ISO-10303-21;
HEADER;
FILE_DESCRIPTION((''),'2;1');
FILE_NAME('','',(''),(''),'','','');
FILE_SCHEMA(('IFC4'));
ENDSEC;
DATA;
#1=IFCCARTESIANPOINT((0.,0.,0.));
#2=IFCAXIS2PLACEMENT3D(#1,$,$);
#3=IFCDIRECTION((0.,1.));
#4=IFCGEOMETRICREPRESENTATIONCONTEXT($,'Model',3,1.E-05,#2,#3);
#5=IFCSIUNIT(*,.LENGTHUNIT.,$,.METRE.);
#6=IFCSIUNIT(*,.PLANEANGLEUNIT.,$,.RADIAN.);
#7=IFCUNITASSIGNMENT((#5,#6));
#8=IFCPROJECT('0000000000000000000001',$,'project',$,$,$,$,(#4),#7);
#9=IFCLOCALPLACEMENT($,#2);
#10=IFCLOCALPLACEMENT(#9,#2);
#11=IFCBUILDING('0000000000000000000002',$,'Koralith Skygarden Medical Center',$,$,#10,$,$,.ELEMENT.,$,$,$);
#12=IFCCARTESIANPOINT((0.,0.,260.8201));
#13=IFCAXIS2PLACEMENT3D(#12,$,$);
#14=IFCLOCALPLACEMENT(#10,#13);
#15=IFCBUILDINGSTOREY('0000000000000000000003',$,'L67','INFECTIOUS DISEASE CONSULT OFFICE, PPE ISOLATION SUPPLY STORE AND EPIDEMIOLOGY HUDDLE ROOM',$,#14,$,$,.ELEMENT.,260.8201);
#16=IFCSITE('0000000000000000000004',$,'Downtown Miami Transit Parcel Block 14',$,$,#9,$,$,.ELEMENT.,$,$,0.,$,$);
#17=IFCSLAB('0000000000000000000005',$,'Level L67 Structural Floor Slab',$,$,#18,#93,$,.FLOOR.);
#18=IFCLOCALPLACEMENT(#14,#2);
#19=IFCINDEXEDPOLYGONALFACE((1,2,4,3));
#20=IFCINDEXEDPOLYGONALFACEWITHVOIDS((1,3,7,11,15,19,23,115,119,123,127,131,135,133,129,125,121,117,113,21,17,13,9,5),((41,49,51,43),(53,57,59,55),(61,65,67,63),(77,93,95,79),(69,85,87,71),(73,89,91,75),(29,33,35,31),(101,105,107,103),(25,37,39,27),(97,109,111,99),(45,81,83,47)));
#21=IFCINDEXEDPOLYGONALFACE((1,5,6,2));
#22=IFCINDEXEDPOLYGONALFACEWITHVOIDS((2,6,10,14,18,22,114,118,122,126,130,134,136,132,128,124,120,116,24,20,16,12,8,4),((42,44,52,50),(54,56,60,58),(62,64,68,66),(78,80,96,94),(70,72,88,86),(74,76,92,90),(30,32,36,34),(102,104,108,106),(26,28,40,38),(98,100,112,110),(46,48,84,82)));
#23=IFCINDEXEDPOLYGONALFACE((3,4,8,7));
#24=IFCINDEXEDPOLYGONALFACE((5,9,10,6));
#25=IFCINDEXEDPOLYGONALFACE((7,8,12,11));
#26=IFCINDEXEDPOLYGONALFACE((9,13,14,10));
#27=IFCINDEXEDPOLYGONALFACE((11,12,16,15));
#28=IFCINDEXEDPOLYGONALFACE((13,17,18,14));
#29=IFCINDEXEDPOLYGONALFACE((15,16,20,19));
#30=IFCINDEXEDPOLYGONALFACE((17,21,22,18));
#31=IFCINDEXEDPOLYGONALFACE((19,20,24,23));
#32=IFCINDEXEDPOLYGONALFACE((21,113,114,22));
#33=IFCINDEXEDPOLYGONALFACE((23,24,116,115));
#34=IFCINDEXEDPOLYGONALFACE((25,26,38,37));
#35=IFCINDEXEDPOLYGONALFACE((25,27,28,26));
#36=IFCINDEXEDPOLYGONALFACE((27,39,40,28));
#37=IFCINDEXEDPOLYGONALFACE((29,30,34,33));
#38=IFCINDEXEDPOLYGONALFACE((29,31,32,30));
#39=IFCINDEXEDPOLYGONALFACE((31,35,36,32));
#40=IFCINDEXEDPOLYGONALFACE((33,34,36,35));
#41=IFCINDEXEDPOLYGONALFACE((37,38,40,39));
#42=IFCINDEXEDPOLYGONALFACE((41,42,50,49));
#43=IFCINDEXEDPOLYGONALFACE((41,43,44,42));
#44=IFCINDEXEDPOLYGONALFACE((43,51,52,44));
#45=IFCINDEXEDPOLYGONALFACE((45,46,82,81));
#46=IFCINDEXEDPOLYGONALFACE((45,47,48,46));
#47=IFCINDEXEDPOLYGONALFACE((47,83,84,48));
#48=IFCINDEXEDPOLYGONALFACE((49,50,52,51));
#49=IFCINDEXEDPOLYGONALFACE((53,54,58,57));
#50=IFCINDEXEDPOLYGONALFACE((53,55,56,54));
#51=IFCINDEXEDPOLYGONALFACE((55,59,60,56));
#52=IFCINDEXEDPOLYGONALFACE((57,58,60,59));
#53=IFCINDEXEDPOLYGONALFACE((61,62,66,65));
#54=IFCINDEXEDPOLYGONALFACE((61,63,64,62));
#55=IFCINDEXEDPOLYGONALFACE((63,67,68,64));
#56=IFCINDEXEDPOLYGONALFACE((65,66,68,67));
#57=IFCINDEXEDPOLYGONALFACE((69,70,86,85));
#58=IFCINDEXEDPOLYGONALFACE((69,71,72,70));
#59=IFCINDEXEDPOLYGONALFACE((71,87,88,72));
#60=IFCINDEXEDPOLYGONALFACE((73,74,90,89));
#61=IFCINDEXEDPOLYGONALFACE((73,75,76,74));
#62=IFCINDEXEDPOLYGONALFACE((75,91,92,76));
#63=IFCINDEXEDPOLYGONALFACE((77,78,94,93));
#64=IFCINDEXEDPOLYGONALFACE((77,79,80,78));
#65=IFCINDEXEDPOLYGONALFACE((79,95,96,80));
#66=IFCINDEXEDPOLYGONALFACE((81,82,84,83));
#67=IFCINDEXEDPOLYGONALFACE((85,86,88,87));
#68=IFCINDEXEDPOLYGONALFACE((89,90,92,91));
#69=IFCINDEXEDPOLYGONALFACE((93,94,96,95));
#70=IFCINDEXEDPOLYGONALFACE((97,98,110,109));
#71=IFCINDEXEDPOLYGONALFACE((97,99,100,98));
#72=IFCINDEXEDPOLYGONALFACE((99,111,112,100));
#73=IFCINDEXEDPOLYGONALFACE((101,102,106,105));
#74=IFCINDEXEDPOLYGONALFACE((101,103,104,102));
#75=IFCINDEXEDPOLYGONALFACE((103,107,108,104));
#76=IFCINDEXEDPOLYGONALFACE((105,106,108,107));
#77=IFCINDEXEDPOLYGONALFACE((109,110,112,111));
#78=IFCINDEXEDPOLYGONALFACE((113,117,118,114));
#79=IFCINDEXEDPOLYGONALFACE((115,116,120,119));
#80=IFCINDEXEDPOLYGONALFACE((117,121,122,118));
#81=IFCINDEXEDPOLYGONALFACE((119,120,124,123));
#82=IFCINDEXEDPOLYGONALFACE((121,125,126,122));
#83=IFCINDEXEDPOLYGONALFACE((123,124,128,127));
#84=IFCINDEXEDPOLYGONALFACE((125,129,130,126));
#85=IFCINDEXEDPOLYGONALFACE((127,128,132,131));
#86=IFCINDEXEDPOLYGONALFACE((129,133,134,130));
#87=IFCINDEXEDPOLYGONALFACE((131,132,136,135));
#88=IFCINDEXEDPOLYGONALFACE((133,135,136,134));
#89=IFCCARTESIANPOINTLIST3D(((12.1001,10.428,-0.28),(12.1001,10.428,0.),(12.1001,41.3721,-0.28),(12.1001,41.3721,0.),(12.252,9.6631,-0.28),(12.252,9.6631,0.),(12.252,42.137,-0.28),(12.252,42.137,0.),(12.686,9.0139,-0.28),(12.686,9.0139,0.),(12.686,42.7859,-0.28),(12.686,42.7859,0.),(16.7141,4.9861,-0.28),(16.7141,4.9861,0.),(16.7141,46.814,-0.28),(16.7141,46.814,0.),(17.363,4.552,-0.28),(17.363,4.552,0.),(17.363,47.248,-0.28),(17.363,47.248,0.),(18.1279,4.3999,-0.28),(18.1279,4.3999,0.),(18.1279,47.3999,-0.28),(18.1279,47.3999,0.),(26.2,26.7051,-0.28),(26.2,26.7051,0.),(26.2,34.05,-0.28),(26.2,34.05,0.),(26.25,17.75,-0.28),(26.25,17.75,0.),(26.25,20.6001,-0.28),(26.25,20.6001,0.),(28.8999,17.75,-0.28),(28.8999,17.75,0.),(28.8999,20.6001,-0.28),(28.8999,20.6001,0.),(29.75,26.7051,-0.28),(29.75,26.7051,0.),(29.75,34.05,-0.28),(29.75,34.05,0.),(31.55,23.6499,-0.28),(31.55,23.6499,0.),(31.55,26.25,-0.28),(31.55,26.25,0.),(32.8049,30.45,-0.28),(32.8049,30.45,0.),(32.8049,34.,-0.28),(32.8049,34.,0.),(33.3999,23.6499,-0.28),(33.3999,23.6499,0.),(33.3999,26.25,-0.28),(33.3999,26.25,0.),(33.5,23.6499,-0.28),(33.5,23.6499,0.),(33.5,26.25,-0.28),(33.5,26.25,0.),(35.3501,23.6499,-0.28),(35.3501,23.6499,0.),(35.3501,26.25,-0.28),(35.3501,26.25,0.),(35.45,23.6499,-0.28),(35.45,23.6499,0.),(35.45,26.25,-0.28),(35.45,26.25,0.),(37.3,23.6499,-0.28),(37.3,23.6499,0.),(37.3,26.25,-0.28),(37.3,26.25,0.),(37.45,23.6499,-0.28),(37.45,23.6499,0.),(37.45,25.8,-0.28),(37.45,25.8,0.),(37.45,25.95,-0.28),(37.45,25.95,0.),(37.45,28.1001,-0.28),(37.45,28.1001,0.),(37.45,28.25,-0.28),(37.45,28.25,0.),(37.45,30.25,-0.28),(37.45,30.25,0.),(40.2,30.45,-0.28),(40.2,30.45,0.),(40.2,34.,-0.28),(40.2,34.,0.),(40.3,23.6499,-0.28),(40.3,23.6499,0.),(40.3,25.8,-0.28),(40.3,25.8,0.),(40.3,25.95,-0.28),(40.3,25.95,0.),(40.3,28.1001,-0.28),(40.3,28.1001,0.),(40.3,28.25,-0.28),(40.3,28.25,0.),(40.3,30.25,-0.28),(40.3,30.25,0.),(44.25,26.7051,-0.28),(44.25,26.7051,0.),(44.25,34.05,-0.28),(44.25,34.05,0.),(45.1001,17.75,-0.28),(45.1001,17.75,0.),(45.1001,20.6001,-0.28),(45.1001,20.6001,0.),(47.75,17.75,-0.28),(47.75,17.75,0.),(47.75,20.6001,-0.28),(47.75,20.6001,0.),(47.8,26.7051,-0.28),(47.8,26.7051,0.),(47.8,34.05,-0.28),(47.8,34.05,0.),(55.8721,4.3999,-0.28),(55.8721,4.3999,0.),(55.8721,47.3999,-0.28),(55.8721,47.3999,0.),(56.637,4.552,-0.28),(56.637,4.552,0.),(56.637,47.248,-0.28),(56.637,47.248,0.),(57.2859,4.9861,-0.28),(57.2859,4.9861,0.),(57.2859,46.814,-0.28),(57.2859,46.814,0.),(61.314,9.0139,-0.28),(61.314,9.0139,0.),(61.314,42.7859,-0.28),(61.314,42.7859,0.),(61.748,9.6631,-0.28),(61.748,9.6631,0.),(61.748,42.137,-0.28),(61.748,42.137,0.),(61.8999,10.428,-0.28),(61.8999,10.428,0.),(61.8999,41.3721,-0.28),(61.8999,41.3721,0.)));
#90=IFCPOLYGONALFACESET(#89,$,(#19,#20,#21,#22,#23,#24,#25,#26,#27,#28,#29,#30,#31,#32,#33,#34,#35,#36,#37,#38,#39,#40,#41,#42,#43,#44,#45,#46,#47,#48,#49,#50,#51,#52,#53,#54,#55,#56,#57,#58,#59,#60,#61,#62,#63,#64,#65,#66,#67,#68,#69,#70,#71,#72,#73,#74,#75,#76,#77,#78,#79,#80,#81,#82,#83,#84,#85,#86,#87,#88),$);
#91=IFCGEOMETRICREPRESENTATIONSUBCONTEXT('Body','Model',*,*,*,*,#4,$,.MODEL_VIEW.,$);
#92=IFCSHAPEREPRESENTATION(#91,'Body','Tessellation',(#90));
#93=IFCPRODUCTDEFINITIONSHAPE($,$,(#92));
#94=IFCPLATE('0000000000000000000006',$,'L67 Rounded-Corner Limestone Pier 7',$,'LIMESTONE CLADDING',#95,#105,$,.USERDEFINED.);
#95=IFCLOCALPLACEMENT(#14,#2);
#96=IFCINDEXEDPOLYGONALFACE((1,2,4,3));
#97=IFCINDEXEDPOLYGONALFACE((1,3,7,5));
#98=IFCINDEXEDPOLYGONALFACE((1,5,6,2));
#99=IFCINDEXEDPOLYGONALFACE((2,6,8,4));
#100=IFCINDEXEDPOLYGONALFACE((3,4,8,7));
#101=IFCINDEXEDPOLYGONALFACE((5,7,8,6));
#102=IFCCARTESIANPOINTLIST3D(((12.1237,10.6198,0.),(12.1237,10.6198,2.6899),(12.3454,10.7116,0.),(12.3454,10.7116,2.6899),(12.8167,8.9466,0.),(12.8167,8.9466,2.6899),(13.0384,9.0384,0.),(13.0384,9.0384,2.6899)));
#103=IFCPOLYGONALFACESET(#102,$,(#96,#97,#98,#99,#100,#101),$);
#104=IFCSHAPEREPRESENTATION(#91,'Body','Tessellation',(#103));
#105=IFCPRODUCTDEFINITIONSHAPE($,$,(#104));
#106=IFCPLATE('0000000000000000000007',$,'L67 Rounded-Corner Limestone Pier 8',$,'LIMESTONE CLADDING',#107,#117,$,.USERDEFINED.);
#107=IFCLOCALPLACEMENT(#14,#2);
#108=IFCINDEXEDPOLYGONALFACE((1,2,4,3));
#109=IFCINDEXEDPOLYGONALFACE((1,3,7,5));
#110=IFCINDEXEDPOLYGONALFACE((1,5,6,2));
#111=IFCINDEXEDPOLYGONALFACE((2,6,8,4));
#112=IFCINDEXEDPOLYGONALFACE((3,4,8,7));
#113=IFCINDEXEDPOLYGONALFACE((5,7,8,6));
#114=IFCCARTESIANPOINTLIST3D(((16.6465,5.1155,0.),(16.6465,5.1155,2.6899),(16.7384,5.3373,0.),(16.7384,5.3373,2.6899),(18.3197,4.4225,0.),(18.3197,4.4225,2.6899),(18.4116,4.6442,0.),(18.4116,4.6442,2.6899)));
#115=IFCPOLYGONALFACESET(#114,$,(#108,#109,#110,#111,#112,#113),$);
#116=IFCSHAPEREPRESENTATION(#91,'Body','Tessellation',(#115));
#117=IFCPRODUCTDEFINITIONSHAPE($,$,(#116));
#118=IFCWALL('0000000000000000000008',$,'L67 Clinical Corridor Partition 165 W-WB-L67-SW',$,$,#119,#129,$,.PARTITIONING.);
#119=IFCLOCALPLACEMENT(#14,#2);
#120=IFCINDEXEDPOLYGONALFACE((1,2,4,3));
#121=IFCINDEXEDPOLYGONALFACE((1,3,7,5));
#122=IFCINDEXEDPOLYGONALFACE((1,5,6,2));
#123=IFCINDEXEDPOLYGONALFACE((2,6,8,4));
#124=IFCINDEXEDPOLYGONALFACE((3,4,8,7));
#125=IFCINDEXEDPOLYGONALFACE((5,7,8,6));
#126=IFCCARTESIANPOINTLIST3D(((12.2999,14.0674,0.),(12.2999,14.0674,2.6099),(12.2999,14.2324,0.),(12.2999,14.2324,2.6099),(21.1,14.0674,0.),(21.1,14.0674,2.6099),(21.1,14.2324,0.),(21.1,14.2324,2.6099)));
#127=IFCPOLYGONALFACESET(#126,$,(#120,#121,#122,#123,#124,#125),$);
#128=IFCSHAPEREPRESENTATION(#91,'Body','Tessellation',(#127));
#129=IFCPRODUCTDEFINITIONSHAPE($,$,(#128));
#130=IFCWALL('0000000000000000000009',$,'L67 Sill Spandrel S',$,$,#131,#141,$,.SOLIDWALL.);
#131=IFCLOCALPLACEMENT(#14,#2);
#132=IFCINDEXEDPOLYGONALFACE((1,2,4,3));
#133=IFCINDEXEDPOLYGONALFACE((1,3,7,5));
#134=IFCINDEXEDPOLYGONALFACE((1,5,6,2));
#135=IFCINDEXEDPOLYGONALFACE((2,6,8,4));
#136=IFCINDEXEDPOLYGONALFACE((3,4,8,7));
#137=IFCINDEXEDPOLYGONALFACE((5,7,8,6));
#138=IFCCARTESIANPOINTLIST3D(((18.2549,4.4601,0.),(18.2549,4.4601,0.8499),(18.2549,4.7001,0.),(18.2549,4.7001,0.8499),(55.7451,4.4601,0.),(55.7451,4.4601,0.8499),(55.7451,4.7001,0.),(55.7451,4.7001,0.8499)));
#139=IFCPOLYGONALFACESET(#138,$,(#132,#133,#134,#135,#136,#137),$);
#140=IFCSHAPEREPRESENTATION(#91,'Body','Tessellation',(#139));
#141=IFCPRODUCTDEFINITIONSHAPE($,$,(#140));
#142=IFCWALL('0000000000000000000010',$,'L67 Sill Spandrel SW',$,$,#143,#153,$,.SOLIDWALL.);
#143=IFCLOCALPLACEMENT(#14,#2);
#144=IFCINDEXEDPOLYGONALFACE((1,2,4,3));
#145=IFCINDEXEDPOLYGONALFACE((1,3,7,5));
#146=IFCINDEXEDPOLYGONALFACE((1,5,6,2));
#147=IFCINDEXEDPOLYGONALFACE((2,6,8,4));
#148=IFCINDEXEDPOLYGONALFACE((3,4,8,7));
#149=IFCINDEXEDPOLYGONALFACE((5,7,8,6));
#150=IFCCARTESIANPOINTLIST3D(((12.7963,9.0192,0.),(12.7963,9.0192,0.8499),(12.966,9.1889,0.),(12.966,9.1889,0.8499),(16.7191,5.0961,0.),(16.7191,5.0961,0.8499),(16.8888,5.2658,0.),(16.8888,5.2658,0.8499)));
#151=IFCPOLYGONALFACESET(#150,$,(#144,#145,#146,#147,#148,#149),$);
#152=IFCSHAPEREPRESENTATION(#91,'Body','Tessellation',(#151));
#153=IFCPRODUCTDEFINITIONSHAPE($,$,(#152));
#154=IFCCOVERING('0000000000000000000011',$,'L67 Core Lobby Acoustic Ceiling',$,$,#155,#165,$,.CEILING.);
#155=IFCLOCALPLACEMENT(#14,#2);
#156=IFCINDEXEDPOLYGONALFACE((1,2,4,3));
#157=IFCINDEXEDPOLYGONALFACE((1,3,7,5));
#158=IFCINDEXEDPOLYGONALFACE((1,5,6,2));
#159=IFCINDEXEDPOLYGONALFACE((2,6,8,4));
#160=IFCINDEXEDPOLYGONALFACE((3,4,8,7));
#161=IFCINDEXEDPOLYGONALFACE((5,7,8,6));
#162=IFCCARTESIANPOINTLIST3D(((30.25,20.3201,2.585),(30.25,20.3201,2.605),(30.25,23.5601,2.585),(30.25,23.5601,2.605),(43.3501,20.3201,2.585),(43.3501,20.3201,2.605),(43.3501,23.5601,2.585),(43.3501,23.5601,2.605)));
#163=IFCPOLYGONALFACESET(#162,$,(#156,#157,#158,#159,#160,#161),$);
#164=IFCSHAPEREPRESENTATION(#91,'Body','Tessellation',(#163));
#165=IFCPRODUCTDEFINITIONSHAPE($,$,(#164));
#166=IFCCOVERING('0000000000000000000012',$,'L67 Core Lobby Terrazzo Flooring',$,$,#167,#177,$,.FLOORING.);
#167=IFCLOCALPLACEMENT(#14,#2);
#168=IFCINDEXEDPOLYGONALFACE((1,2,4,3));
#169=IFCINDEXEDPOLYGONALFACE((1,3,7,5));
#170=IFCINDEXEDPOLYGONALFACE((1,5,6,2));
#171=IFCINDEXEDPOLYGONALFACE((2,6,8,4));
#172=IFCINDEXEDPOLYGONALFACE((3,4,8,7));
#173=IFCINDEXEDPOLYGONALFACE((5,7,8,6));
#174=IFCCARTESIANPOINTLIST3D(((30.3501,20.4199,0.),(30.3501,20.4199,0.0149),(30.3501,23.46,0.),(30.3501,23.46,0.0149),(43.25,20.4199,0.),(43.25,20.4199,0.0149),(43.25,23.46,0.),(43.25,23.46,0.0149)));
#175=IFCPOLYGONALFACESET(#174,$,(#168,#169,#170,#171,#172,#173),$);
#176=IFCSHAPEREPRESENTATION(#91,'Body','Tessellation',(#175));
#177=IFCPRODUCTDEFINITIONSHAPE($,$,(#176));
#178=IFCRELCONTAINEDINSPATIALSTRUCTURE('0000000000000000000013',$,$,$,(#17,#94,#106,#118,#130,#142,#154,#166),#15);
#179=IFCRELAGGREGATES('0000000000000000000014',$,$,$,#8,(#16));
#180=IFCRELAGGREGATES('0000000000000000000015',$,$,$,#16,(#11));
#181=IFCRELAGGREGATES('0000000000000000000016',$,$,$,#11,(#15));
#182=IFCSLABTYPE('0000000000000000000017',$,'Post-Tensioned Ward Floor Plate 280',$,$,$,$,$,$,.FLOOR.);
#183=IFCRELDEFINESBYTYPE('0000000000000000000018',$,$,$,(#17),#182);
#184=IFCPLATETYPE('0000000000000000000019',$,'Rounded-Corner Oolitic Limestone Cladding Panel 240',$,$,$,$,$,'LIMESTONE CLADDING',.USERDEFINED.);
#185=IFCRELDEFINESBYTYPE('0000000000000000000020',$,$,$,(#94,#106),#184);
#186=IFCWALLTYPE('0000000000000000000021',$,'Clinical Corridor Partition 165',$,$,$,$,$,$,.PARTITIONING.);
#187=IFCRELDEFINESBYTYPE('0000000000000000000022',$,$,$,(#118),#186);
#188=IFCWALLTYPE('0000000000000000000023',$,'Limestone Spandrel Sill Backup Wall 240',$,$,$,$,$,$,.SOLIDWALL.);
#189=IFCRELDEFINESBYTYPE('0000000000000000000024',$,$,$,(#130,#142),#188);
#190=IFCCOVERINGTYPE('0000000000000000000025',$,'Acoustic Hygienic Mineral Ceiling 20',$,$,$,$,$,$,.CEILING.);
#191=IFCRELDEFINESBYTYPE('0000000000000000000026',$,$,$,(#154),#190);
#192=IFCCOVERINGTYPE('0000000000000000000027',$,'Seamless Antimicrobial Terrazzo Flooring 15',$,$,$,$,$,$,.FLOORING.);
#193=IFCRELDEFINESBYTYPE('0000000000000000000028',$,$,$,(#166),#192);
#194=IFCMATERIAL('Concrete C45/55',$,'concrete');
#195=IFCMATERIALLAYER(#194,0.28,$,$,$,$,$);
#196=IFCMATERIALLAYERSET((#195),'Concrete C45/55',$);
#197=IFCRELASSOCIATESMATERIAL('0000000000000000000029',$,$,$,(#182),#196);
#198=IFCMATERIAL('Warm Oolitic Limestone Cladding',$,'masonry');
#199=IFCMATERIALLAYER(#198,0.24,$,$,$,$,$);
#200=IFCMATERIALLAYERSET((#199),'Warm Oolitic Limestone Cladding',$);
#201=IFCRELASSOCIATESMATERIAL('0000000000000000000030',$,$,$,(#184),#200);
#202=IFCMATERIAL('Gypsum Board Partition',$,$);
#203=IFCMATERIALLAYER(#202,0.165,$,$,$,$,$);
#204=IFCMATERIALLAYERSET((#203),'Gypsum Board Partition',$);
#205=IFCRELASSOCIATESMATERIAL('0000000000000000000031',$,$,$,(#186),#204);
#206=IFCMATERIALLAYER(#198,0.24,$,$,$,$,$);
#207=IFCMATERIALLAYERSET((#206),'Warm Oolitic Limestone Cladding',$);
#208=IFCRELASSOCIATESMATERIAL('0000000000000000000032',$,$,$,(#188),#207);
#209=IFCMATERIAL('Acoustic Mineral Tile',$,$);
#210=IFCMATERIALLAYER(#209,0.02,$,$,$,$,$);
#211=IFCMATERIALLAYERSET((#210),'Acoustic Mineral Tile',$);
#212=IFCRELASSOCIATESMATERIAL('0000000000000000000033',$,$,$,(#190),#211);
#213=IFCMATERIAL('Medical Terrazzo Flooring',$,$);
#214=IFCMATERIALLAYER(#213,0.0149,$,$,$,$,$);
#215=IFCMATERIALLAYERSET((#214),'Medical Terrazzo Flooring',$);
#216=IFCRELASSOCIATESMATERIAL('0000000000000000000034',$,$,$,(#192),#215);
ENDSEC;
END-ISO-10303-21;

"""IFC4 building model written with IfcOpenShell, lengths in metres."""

from ifc_helpers import new_model, si_unit, direction, frame, frame_2d, origin, origin_2d, place, context, subcontext, project, spatial, polyline, rectangle, outline, extrude, material, layer, layer_set, type_object, element, save


model = new_model("IFC4")

# Units and contexts
model_context = context("Model", 3, precision=1e-05, world=origin(), true_north=direction((0.0, 1.0)))
body_context = subcontext(model_context, "Body", "Model", "MODEL_VIEW")
ifc_project = project(units=[si_unit("LENGTHUNIT", "METRE"), si_unit("PLANEANGLEUNIT", "RADIAN")], contexts=[model_context])

# Site, building, storey
site_placement = place(None, origin())
site = spatial("IfcSite", under=ifc_project, at=site_placement, Name="Downtown Miami Transit Parcel Block 14", CompositionType="ELEMENT", RefElevation=0.0)
building_placement = place(site_placement, origin())
building = spatial("IfcBuilding", under=site, at=building_placement, Name="Koralith Skygarden Medical Center", CompositionType="ELEMENT")
storey_placement = place(building_placement, frame((0.0, 0.0, 260.8201)))
storey = spatial("IfcBuildingStorey", under=building, at=storey_placement, Name="L67", Description="INFECTIOUS DISEASE CONSULT OFFICE, PPE ISOLATION SUPPLY STORE AND EPIDEMIOLOGY HUDDLE ROOM", CompositionType="ELEMENT", Elevation=260.8201)

# Shared definitions
ifc_material_1 = material(Name="Concrete C45/55", Category="concrete")

# Slab
ifc_layer_1 = layer(ifc_material_1, 0.28)
ifc_layer_set_1 = layer_set([ifc_layer_1], Name="Concrete C45/55")
slab_type_1 = type_object("IfcSlabType", Name="Post-Tensioned Ward Floor Plate 280", PredefinedType="FLOOR", material=ifc_layer_set_1)
slab_1_placement = place(storey_placement, frame((0.0, 0.0, -0.28)))
element("IfcSlab", 1, at=slab_1_placement, inside=storey, type_object=slab_type_1, Name="Level L67 Structural Floor Slab", PredefinedType="FLOOR", context=body_context, shape_type="SweptSolid", body=[
    extrude(outline(polyline([(16.7141, 4.9861), (17.363, 4.552), (18.1279, 4.3999), (55.8721, 4.3999), (56.637, 4.552), (57.2859, 4.9861), (61.314, 9.0139), (61.748, 9.6631), (61.8999, 10.428), (61.8999, 41.3721), (61.748, 42.137), (61.314, 42.7859), (57.2859, 46.814), (56.637, 47.248), (55.8721, 47.3999), (18.1279, 47.3999), (17.363, 47.248), (16.7141, 46.814), (12.686, 42.7859), (12.252, 42.137), (12.1001, 41.3721), (12.1001, 10.428), (12.252, 9.6631), (12.686, 9.0139), (16.7141, 4.9861)]), holes=[polyline([(26.2, 26.7051), (29.75, 26.7051), (29.75, 34.05), (26.2, 34.05), (26.2, 26.7051)]), polyline([(44.25, 26.7051), (47.8, 26.7051), (47.8, 34.05), (44.25, 34.05), (44.25, 26.7051)]), polyline([(32.8049, 30.45), (40.2, 30.45), (40.2, 34.0), (32.8049, 34.0), (32.8049, 30.45)]), polyline([(26.25, 17.75), (28.8999, 17.75), (28.8999, 20.6001), (26.25, 20.6001), (26.25, 17.75)]), polyline([(45.1001, 17.75), (47.75, 17.75), (47.75, 20.6001), (45.1001, 20.6001), (45.1001, 17.75)]), polyline([(31.55, 23.6499), (33.3999, 23.6499), (33.3999, 26.25), (31.55, 26.25), (31.55, 23.6499)]), polyline([(33.5, 23.6499), (35.3501, 23.6499), (35.3501, 26.25), (33.5, 26.25), (33.5, 23.6499)]), polyline([(35.45, 23.6499), (37.3, 23.6499), (37.3, 26.25), (35.45, 26.25), (35.45, 23.6499)]), polyline([(37.45, 23.6499), (40.3, 23.6499), (40.3, 25.8), (37.45, 25.8), (37.45, 23.6499)]), polyline([(37.45, 25.95), (40.3, 25.95), (40.3, 28.1001), (37.45, 28.1001), (37.45, 25.95)]), polyline([(37.45, 28.25), (40.3, 28.25), (40.3, 30.25), (37.45, 30.25), (37.45, 28.25)])]), origin(), (0.0, 0.0, 1.0), 0.28),
])

# Plates
ifc_material_2 = material(Name="Warm Oolitic Limestone Cladding", Category="masonry")
ifc_layer_2 = layer(ifc_material_2, 0.24)
ifc_layer_set_2 = layer_set([ifc_layer_2], Name="Warm Oolitic Limestone Cladding")
plate_type_1 = type_object("IfcPlateType", Name="Rounded-Corner Oolitic Limestone Cladding Panel 240", ElementType="LIMESTONE CLADDING", PredefinedType="USERDEFINED", material=ifc_layer_set_2)
for number, where, z_axis, x_axis, name in (
    (2, (12.5811, 9.8291, 0.0), (0.0, 0.0, 1.0), (0.382671, -0.923885, 0.0), "L67 Rounded-Corner Limestone Pier 7"),
    (3, (17.5291, 4.8799, 0.0), (0.0, 0.0, 1.0), (0.923885, -0.382671, 0.0), "L67 Rounded-Corner Limestone Pier 8"),
):
    element("IfcPlate", number, at=place(storey_placement, frame(where, z_axis=z_axis, x_axis=x_axis)), inside=storey, type_object=plate_type_1, Name=name, ObjectType="LIMESTONE CLADDING", PredefinedType="USERDEFINED", context=body_context, shape_type="SweptSolid", body=[
        extrude(rectangle(XDim=1.811, YDim=0.24, at=origin_2d()), origin(), (0.0, 0.0, 1.0), 2.6899),
    ])

# Wall
ifc_material_3 = material(Name="Gypsum Board Partition")
ifc_layer_3 = layer(ifc_material_3, 0.165)
ifc_layer_set_3 = layer_set([ifc_layer_3], Name="Gypsum Board Partition")
wall_type_1 = type_object("IfcWallType", Name="Clinical Corridor Partition 165", PredefinedType="PARTITIONING", material=ifc_layer_set_3)
wall_1_placement = place(storey_placement, frame((12.3, 14.1499, 0.0), z_axis=(0.0, 0.0, 1.0), x_axis=(1.0, 0.0, 0.0)))
element("IfcWall", 4, at=wall_1_placement, inside=storey, type_object=wall_type_1, Name="L67 Clinical Corridor Partition 165 W-WB-L67-SW", PredefinedType="PARTITIONING", context=body_context, shape_type="SweptSolid", body=[
    extrude(rectangle(XDim=8.8, YDim=0.165, at=frame_2d((4.3999, 0.0))), origin(), (0.0, 0.0, 1.0), 2.6099),
])

# Walls
ifc_layer_4 = layer(ifc_material_2, 0.24)
ifc_layer_set_4 = layer_set([ifc_layer_4], Name="Warm Oolitic Limestone Cladding")
wall_type_2 = type_object("IfcWallType", Name="Limestone Spandrel Sill Backup Wall 240", PredefinedType="SOLIDWALL", material=ifc_layer_set_4)
wall_2_placement = place(storey_placement, frame((18.2549, 4.5801, 0.0), z_axis=(0.0, 0.0, 1.0), x_axis=(1.0, 0.0, 0.0)))
element("IfcWall", 5, at=wall_2_placement, inside=storey, type_object=wall_type_2, Name="L67 Sill Spandrel S", PredefinedType="SOLIDWALL", context=body_context, shape_type="SweptSolid", body=[
    extrude(rectangle(XDim=37.4902, YDim=0.24, at=frame_2d((18.7451, 0.0))), origin(), (0.0, 0.0, 1.0), 0.8499),
])
wall_3_placement = place(storey_placement, frame((12.8811, 9.104, 0.0), z_axis=(0.0, 0.0, 1.0), x_axis=(0.707085, -0.707129, 0.0)))
element("IfcWall", 6, at=wall_3_placement, inside=storey, type_object=wall_type_2, Name="L67 Sill Spandrel SW", PredefinedType="SOLIDWALL", context=body_context, shape_type="SweptSolid", body=[
    extrude(rectangle(XDim=5.5479, YDim=0.24, at=frame_2d((2.7739, 0.0))), origin(), (0.0, 0.0, 1.0), 0.8499),
])

# Coverings
ifc_material_4 = material(Name="Acoustic Mineral Tile")
ifc_layer_5 = layer(ifc_material_4, 0.02)
ifc_layer_set_5 = layer_set([ifc_layer_5], Name="Acoustic Mineral Tile")
covering_type_1 = type_object("IfcCoveringType", Name="Acoustic Hygienic Mineral Ceiling 20", PredefinedType="CEILING", material=ifc_layer_set_5)
covering_1_placement = place(storey_placement, frame((0.0, 0.0, 2.585)))
element("IfcCovering", 7, at=covering_1_placement, inside=storey, type_object=covering_type_1, Name="L67 Core Lobby Acoustic Ceiling", PredefinedType="CEILING", context=body_context, shape_type="SweptSolid", body=[
    extrude(outline(polyline([(30.25, 20.3201), (43.3501, 20.3201), (43.3501, 23.5601), (30.25, 23.5601), (30.25, 20.3201)])), origin(), (0.0, 0.0, 1.0), 0.02),
])
ifc_material_5 = material(Name="Medical Terrazzo Flooring")
ifc_layer_6 = layer(ifc_material_5, 0.0149)
ifc_layer_set_6 = layer_set([ifc_layer_6], Name="Medical Terrazzo Flooring")
covering_type_2 = type_object("IfcCoveringType", Name="Seamless Antimicrobial Terrazzo Flooring 15", PredefinedType="FLOORING", material=ifc_layer_set_6)
covering_2_placement = place(storey_placement, origin())
element("IfcCovering", 8, at=covering_2_placement, inside=storey, type_object=covering_type_2, Name="L67 Core Lobby Terrazzo Flooring", PredefinedType="FLOORING", context=body_context, shape_type="SweptSolid", body=[
    extrude(outline(polyline([(30.3501, 20.4199), (43.25, 20.4199), (43.25, 23.46), (30.3501, 23.46), (30.3501, 20.4199)])), origin(), (0.0, 0.0, 1.0), 0.0149),
])

save(model, "model.ifc")
